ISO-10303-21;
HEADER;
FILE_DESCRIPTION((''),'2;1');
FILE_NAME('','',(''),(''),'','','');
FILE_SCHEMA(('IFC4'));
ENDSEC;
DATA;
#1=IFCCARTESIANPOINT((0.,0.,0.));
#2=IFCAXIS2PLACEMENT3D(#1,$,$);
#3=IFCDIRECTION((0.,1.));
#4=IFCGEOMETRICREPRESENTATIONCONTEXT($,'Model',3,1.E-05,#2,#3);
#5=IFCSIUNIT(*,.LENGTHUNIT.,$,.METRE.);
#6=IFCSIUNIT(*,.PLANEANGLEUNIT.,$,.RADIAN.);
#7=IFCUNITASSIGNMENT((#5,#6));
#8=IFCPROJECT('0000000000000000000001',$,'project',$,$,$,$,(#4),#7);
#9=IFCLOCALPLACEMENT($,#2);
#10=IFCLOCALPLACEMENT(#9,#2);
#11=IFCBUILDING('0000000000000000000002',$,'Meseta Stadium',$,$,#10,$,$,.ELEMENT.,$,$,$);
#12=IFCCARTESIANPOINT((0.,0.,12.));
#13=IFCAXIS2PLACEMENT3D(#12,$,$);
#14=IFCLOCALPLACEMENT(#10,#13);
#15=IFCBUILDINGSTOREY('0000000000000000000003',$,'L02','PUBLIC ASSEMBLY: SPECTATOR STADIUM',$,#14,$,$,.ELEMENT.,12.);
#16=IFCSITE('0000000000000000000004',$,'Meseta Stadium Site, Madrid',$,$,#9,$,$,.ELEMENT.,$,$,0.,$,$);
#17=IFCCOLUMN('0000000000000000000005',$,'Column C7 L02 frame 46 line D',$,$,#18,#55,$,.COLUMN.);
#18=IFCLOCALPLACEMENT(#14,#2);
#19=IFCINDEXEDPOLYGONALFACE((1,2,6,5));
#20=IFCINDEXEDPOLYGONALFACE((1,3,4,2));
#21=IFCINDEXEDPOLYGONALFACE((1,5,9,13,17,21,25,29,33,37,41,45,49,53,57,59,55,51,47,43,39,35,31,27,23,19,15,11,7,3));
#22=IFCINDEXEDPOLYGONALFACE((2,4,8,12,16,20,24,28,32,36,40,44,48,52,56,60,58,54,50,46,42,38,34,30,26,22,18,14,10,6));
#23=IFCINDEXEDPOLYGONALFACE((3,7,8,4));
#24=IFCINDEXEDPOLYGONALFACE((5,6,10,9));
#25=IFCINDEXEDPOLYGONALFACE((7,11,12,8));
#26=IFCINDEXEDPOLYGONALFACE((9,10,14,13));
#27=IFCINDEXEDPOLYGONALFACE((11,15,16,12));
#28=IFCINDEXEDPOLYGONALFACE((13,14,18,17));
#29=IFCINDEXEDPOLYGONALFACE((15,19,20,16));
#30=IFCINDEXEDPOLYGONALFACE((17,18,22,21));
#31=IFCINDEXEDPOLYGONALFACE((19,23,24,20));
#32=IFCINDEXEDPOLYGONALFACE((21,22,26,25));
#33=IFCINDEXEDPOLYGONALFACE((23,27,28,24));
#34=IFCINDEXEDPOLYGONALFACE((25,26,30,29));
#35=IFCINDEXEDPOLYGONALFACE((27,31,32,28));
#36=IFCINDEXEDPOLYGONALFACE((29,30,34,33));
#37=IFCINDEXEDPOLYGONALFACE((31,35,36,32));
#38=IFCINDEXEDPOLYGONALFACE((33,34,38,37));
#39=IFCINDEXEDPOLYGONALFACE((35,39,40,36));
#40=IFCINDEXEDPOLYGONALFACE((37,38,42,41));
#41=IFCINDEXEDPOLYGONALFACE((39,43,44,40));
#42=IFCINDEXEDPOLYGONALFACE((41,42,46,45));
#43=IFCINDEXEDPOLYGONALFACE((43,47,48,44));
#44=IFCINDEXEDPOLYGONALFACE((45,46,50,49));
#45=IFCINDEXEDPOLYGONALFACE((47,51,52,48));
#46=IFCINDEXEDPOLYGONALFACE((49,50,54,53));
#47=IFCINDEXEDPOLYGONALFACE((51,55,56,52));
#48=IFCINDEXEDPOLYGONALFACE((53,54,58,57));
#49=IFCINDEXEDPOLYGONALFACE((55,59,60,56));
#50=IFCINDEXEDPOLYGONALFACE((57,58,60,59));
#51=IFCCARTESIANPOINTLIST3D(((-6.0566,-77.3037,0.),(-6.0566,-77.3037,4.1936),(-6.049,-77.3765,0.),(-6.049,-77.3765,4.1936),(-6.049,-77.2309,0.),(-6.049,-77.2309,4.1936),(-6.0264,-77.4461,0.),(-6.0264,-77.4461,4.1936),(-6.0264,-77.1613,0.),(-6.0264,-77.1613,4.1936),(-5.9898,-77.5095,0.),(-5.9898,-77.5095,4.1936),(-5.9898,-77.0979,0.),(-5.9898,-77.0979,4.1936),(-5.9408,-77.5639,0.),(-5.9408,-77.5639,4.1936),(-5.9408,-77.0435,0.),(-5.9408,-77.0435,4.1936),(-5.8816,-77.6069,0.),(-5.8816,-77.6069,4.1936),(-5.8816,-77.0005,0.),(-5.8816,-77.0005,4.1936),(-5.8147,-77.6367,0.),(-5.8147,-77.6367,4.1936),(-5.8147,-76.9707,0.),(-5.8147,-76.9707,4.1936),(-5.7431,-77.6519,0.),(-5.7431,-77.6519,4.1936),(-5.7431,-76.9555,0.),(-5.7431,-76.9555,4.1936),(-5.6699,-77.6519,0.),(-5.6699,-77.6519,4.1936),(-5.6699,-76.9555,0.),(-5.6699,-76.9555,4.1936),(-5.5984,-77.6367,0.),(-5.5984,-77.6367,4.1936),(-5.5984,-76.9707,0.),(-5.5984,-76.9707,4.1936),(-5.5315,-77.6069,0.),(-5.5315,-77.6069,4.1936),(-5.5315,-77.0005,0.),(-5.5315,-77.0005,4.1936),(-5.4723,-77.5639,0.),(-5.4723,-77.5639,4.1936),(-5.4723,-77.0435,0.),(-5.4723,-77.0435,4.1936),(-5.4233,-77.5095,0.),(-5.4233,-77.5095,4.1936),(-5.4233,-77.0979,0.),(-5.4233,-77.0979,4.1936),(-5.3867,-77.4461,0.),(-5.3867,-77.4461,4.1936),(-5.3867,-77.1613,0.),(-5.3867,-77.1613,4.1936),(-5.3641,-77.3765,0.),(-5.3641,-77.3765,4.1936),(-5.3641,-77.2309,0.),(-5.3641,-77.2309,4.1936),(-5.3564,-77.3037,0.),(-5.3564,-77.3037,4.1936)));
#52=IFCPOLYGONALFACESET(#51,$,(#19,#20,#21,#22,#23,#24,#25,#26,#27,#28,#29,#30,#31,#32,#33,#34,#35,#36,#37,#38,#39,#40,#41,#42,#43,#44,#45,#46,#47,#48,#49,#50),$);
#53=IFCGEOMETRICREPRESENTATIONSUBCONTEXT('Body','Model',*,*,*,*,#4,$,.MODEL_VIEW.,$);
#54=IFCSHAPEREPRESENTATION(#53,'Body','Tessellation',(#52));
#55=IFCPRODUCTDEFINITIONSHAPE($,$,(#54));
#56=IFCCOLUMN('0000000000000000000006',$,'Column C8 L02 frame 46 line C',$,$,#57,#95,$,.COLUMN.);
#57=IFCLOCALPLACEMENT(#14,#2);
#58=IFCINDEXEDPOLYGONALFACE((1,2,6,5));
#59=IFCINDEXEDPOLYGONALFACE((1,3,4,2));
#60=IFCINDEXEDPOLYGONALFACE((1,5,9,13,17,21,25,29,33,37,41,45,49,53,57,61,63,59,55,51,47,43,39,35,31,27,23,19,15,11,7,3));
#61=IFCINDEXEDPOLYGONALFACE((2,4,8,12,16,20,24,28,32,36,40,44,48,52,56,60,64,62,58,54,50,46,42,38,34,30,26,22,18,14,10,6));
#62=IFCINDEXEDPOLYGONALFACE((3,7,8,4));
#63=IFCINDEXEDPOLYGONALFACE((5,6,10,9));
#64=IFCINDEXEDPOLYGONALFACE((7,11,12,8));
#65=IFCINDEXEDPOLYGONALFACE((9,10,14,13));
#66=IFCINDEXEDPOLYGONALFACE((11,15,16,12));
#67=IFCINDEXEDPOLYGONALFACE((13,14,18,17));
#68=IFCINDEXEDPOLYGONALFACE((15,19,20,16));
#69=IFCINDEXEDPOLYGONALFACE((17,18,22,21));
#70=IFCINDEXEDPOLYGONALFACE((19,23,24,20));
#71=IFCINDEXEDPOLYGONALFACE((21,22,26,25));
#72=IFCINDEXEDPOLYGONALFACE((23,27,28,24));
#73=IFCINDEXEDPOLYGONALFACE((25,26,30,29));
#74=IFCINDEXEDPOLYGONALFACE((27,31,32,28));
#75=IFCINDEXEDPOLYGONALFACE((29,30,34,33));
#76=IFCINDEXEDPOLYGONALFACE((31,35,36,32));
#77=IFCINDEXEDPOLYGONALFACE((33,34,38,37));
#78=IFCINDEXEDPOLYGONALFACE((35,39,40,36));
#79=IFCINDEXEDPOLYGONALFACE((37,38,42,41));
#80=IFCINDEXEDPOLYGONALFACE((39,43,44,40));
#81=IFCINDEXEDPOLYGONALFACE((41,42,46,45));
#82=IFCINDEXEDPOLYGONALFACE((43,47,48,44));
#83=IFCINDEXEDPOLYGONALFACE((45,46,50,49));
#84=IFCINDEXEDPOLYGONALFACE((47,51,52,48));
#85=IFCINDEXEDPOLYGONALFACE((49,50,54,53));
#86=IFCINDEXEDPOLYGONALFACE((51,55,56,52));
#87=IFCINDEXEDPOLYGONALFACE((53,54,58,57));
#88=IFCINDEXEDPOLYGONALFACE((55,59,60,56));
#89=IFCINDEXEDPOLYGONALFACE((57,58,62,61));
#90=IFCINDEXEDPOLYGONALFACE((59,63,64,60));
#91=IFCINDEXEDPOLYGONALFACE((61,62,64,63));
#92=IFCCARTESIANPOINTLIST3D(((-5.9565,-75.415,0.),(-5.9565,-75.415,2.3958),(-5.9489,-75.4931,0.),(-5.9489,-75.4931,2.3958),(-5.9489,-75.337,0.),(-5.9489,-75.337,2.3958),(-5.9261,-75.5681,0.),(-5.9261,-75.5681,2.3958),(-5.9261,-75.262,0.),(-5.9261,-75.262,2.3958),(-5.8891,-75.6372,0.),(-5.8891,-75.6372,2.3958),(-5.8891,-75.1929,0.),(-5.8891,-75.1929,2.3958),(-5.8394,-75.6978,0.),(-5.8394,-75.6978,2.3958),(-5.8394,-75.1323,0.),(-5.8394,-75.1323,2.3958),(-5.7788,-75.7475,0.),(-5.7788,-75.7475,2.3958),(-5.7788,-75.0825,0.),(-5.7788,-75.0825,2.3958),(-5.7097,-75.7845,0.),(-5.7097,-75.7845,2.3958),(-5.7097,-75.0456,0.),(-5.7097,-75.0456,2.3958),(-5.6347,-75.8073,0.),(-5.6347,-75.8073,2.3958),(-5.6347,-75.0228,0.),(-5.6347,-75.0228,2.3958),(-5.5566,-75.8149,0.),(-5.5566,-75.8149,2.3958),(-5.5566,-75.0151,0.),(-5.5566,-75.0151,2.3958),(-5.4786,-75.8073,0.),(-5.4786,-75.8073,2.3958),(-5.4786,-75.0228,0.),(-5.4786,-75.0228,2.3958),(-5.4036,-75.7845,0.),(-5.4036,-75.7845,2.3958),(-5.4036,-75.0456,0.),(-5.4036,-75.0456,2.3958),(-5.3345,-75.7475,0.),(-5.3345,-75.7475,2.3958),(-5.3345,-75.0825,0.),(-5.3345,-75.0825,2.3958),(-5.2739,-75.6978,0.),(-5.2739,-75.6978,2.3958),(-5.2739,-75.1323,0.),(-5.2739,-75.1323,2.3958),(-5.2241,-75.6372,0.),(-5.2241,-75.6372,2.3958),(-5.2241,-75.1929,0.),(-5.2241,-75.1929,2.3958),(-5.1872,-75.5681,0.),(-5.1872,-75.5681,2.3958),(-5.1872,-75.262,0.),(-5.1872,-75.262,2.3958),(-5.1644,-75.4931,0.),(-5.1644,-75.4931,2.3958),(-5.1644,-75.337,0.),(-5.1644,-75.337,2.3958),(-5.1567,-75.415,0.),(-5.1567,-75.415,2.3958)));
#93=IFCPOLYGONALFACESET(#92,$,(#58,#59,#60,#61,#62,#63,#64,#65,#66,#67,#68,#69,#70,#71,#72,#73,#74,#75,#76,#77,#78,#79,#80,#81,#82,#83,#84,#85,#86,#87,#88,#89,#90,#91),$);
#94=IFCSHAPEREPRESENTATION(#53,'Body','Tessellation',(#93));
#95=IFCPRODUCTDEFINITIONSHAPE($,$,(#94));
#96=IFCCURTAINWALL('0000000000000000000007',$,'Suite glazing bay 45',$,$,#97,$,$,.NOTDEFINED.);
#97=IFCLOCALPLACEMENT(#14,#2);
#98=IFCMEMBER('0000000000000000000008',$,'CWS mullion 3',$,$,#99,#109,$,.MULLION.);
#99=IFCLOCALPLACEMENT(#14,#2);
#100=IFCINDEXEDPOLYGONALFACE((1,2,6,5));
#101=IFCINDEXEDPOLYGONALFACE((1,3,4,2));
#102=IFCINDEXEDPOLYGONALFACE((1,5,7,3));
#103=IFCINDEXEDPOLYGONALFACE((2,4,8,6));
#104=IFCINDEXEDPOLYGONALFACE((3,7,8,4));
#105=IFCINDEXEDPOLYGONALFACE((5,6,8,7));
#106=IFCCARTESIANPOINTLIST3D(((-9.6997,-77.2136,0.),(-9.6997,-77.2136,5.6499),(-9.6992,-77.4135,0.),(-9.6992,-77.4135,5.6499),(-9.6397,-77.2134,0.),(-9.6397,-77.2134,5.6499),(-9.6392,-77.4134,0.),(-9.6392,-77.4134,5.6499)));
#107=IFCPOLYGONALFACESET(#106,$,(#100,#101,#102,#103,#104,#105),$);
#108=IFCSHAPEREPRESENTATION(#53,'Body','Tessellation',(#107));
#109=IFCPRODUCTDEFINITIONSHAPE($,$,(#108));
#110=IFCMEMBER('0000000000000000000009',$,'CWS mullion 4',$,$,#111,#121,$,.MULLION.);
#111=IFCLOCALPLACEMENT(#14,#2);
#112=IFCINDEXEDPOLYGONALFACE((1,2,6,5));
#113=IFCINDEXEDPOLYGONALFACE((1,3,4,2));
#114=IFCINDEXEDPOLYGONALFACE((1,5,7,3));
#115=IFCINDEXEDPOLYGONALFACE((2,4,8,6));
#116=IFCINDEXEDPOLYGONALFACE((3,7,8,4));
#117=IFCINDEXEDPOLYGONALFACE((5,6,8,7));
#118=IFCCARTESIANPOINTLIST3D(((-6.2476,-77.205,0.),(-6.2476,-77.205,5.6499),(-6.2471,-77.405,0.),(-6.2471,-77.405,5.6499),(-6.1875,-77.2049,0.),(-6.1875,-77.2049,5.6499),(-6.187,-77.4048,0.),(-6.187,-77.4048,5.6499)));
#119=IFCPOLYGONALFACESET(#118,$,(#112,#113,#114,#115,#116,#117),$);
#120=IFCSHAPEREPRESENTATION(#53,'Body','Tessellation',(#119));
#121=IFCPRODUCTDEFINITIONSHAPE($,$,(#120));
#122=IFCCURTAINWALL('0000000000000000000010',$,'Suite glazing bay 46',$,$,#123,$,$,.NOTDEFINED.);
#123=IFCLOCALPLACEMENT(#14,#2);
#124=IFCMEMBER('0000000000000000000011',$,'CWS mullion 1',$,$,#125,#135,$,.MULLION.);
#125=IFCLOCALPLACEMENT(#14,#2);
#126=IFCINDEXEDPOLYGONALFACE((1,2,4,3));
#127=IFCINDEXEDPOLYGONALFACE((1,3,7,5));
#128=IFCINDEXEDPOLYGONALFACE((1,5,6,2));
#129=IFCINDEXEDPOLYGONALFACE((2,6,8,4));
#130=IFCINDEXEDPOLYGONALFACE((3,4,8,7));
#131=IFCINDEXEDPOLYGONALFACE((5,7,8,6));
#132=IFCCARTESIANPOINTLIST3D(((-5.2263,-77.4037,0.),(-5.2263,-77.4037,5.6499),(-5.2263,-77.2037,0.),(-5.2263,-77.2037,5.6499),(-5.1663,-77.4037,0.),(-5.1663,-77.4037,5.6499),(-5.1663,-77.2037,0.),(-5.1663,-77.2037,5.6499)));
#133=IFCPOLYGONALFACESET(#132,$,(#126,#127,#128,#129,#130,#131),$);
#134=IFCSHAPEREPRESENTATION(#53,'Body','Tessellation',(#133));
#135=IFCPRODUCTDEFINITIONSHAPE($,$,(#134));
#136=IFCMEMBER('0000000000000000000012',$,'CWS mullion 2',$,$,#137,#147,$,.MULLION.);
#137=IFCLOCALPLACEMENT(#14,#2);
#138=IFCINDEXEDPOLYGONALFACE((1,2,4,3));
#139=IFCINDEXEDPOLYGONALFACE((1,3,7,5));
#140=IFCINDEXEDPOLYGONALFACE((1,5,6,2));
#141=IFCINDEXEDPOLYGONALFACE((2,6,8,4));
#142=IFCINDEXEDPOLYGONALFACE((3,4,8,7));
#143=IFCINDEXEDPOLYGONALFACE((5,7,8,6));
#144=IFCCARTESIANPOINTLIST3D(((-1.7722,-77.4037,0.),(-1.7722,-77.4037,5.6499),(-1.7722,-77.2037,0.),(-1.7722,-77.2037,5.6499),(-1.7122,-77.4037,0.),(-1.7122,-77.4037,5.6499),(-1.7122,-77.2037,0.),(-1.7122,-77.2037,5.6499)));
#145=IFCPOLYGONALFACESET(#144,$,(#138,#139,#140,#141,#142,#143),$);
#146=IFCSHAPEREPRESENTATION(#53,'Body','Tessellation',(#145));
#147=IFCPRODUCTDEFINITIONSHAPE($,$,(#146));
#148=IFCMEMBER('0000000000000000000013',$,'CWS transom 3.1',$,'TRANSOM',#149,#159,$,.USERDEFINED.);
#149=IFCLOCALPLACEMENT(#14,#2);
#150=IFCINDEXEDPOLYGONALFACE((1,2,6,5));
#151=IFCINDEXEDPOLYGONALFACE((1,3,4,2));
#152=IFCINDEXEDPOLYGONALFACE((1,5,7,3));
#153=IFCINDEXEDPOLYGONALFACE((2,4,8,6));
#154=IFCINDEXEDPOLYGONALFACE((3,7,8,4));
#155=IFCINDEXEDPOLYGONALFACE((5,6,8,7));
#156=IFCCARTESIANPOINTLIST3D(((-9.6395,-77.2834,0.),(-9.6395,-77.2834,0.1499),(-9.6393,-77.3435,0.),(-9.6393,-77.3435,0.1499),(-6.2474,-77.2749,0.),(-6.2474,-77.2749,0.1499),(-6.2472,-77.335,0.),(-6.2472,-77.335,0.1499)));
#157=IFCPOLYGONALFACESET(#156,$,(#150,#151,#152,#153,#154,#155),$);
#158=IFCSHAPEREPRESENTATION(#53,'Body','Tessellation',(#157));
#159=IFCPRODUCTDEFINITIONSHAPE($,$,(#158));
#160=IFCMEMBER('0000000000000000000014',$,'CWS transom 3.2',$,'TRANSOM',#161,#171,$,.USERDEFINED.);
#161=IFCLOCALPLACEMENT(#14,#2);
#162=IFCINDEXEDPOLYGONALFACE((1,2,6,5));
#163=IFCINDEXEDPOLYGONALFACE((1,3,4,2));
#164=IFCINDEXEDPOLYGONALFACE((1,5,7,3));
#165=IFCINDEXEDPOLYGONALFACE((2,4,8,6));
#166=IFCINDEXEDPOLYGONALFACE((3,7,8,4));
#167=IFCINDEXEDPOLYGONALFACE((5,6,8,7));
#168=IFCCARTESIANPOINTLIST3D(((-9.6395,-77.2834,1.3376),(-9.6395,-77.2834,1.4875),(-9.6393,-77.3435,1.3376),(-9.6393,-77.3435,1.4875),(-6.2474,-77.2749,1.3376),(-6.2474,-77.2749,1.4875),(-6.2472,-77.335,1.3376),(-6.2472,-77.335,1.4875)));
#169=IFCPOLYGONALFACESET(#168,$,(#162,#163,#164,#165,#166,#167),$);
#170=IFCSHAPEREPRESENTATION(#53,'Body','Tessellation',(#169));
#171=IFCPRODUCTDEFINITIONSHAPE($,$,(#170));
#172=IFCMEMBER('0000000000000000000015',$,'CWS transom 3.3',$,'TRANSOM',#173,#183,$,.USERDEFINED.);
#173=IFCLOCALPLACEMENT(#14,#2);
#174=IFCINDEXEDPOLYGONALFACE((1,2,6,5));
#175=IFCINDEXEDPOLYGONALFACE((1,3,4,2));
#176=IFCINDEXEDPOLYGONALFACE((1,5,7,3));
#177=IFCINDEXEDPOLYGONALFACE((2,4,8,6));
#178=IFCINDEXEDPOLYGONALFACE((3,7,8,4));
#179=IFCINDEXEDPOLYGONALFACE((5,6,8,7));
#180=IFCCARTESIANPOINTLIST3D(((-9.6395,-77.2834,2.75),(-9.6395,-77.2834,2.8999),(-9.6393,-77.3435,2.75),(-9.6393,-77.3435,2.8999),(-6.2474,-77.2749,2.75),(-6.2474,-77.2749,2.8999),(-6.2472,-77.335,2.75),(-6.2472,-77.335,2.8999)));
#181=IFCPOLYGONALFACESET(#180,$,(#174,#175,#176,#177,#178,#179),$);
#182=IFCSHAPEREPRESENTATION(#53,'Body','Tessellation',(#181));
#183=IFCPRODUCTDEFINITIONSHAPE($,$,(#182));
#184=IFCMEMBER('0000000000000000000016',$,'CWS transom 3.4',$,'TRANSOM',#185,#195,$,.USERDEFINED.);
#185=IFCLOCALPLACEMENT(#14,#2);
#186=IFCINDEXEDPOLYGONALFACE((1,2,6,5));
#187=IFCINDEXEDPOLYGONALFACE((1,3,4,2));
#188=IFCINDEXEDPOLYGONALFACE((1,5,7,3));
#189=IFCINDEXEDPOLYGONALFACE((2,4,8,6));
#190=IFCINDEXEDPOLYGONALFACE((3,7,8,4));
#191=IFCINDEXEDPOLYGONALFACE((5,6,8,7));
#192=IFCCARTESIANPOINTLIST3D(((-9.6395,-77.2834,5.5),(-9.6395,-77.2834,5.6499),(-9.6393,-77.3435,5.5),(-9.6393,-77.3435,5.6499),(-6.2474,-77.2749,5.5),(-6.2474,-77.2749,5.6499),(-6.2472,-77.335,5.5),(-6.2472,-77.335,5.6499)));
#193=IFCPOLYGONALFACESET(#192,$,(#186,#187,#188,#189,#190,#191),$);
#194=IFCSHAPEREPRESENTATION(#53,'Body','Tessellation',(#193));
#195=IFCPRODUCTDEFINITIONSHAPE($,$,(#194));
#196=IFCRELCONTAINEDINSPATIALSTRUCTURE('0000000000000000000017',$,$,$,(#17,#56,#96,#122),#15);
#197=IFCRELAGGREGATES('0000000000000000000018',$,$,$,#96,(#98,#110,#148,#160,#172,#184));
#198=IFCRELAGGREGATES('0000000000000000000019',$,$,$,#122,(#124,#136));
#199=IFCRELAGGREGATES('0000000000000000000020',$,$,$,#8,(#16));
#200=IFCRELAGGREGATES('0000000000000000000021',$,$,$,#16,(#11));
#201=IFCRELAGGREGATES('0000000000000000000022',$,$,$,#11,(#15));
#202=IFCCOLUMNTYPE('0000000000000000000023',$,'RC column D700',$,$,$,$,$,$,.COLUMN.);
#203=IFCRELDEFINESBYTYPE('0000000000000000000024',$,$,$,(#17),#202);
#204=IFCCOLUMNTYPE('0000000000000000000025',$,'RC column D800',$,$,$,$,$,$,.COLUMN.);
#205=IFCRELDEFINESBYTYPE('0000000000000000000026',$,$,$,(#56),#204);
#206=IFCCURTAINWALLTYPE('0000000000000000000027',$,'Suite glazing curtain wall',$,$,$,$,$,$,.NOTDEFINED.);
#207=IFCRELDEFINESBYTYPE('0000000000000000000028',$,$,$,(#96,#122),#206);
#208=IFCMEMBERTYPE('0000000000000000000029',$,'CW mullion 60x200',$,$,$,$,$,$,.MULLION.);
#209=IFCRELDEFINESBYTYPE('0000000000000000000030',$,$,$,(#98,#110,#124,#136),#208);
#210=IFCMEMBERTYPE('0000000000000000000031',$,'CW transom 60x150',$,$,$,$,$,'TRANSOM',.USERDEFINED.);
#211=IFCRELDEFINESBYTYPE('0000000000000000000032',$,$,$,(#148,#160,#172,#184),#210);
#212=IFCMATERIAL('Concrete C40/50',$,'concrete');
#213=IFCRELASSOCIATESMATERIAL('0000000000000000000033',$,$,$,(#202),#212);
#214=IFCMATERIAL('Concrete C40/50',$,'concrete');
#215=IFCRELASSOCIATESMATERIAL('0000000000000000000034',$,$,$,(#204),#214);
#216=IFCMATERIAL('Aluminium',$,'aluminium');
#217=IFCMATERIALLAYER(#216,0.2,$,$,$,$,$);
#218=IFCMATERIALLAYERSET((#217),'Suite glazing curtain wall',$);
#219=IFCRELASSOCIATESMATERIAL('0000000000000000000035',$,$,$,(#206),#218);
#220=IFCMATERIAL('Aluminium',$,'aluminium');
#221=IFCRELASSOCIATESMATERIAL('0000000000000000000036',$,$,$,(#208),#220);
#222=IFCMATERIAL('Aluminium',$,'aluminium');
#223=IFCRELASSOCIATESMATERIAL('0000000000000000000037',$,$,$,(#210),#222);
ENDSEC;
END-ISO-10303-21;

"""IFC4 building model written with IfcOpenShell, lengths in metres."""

from ifc_helpers import new_model, si_unit, direction, frame, origin, origin_2d, place, context, subcontext, project, spatial, rectangle, circle, extrude, material, layer, layer_set, material_profile, profile_set, type_object, element, aggregate, save


model = new_model("IFC4")

# Units and contexts
model_context = context("Model", 3, precision=1e-05, world=origin(), true_north=direction((0.0, 1.0)))
body_context = subcontext(model_context, "Body", "Model", "MODEL_VIEW")
ifc_project = project(units=[si_unit("LENGTHUNIT", "METRE"), si_unit("PLANEANGLEUNIT", "RADIAN")], contexts=[model_context])

# Site, building, storey
site_placement = place(None, origin())
site = spatial("IfcSite", under=ifc_project, at=site_placement, Name="Meseta Stadium Site, Madrid", CompositionType="ELEMENT", RefElevation=0.0)
building_placement = place(site_placement, origin())
building = spatial("IfcBuilding", under=site, at=building_placement, Name="Meseta Stadium", CompositionType="ELEMENT")
storey_placement = place(building_placement, frame((0.0, 0.0, 12.0)))
storey = spatial("IfcBuildingStorey", under=building, at=storey_placement, Name="L02", Description="PUBLIC ASSEMBLY: SPECTATOR STADIUM", CompositionType="ELEMENT", Elevation=12.0)

# Columns
ifc_material_1 = material(Name="Concrete C40/50", Category="concrete")
ifc_material_profile_1 = material_profile(ifc_material_1, circle(Radius=0.3501, at=origin_2d()), Name="RC D700")
ifc_profile_set_1 = profile_set([ifc_material_profile_1], Name="Concrete C40/50")
column_type_1 = type_object("IfcColumnType", Name="RC column D700", PredefinedType="COLUMN", material=ifc_profile_set_1)
column_1_placement = place(storey_placement, frame((-5.7065, -77.3037, 0.0), z_axis=(0.0, 0.0, 1.0), x_axis=(1.0, 0.0, 0.0)))
element("IfcColumn", 1, at=column_1_placement, inside=storey, type_object=column_type_1, Name="Column C7 L02 frame 46 line D", PredefinedType="COLUMN", context=body_context, shape_type="SweptSolid", body=[
    extrude(circle(Radius=0.3501, at=origin_2d()), origin(), (0.0, 0.0, 1.0), 4.1936),
])
ifc_material_2 = material(Name="Concrete C40/50", Category="concrete")
ifc_material_profile_2 = material_profile(ifc_material_2, circle(Radius=0.3999, at=origin_2d()), Name="RC D800")
ifc_profile_set_2 = profile_set([ifc_material_profile_2], Name="Concrete C40/50")
column_type_2 = type_object("IfcColumnType", Name="RC column D800", PredefinedType="COLUMN", material=ifc_profile_set_2)
column_2_placement = place(storey_placement, frame((-5.5566, -75.415, 0.0), z_axis=(0.0, 0.0, 1.0), x_axis=(1.0, 0.0, 0.0)))
element("IfcColumn", 2, at=column_2_placement, inside=storey, type_object=column_type_2, Name="Column C8 L02 frame 46 line C", PredefinedType="COLUMN", context=body_context, shape_type="SweptSolid", body=[
    extrude(circle(Radius=0.3999, at=origin_2d()), origin(), (0.0, 0.0, 1.0), 2.3958),
])

# Curtain walls, members
ifc_material_3 = material(Name="Aluminium", Category="aluminium")
ifc_layer_1 = layer(ifc_material_3, 0.2)
ifc_layer_set_1 = layer_set([ifc_layer_1], Name="Suite glazing curtain wall")
curtain_wall_type = type_object("IfcCurtainWallType", Name="Suite glazing curtain wall", PredefinedType="NOTDEFINED", material=ifc_layer_set_1)
curtain_wall_1_placement = place(storey_placement, origin())
curtain_wall_1 = element("IfcCurtainWall", 3, at=curtain_wall_1_placement, inside=storey, type_object=curtain_wall_type, Name="Suite glazing bay 45", PredefinedType="NOTDEFINED")
ifc_material_4 = material(Name="Aluminium", Category="aluminium")
ifc_material_profile_3 = material_profile(ifc_material_4, rectangle(XDim=0.2, YDim=0.0601, at=origin_2d()), Name="CW 200x60")
ifc_profile_set_3 = profile_set([ifc_material_profile_3], Name="Aluminium")
member_type_1 = type_object("IfcMemberType", Name="CW mullion 60x200", PredefinedType="MULLION", material=ifc_profile_set_3)
member_1_placement = place(storey_placement, frame((-9.6694, -77.3135, 0.0), z_axis=(0.0, 0.0, 1.0), x_axis=(-0.002486, 0.999997, 0.0)))
member_1 = element("IfcMember", 4, at=member_1_placement, type_object=member_type_1, Name="CWS mullion 3", PredefinedType="MULLION", context=body_context, shape_type="SweptSolid", body=[
    extrude(rectangle(XDim=0.2, YDim=0.0601, at=origin_2d()), origin(), (0.0, 0.0, 1.0), 5.6499),
])
member_2_placement = place(storey_placement, frame((-6.2173, -77.3049, 0.0), z_axis=(0.0, 0.0, 1.0), x_axis=(-0.002486, 0.999997, 0.0)))
member_2 = element("IfcMember", 5, at=member_2_placement, type_object=member_type_1, Name="CWS mullion 4", PredefinedType="MULLION", context=body_context, shape_type="SweptSolid", body=[
    extrude(rectangle(XDim=0.2, YDim=0.0601, at=origin_2d()), origin(), (0.0, 0.0, 1.0), 5.6499),
])
curtain_wall_2_placement = place(storey_placement, origin())
curtain_wall_2 = element("IfcCurtainWall", 6, at=curtain_wall_2_placement, inside=storey, type_object=curtain_wall_type, Name="Suite glazing bay 46", PredefinedType="NOTDEFINED")
member_3_placement = place(storey_placement, frame((-5.1963, -77.3037, 0.0), z_axis=(0.0, 0.0, 1.0), x_axis=(0.0, 1.0, 0.0)))
member_3 = element("IfcMember", 7, at=member_3_placement, type_object=member_type_1, Name="CWS mullion 1", PredefinedType="MULLION", context=body_context, shape_type="SweptSolid", body=[
    extrude(rectangle(XDim=0.2, YDim=0.0601, at=origin_2d()), origin(), (0.0, 0.0, 1.0), 5.6499),
])
member_4_placement = place(storey_placement, frame((-1.7422, -77.3037, 0.0), z_axis=(0.0, 0.0, 1.0), x_axis=(0.0, 1.0, 0.0)))
member_4 = element("IfcMember", 8, at=member_4_placement, type_object=member_type_1, Name="CWS mullion 2", PredefinedType="MULLION", context=body_context, shape_type="SweptSolid", body=[
    extrude(rectangle(XDim=0.2, YDim=0.0601, at=origin_2d()), origin(), (0.0, 0.0, 1.0), 5.6499),
])

# Members
ifc_material_5 = material(Name="Aluminium", Category="aluminium")
ifc_material_profile_4 = material_profile(ifc_material_5, rectangle(XDim=0.0601, YDim=0.1499, at=origin_2d()), Name="CW 60x150")
ifc_profile_set_4 = profile_set([ifc_material_profile_4], Name="Aluminium")
member_type_2 = type_object("IfcMemberType", Name="CW transom 60x150", ElementType="TRANSOM", PredefinedType="USERDEFINED", material=ifc_profile_set_4)
member_5_placement = place(storey_placement, frame((-9.6394, -77.3135, 0.075), z_axis=(0.999997, 0.002519, 0.0), x_axis=(-0.002519, 0.999997, 0.0)))
member_5 = element("IfcMember", 9, at=member_5_placement, type_object=member_type_2, Name="CWS transom 3.1", ObjectType="TRANSOM", PredefinedType="USERDEFINED", context=body_context, shape_type="SweptSolid", body=[
    extrude(rectangle(XDim=0.0601, YDim=0.1499, at=origin_2d()), origin(), (0.0, 0.0, 1.0), 3.3921),
])
member_6_placement = place(storey_placement, frame((-9.6394, -77.3135, 1.4126), z_axis=(0.999997, 0.002519, 0.0), x_axis=(-0.002519, 0.999997, 0.0)))
member_6 = element("IfcMember", 10, at=member_6_placement, type_object=member_type_2, Name="CWS transom 3.2", ObjectType="TRANSOM", PredefinedType="USERDEFINED", context=body_context, shape_type="SweptSolid", body=[
    extrude(rectangle(XDim=0.0601, YDim=0.1499, at=origin_2d()), origin(), (0.0, 0.0, 1.0), 3.3921),
])
member_7_placement = place(storey_placement, frame((-9.6394, -77.3135, 2.825), z_axis=(0.999997, 0.002519, 0.0), x_axis=(-0.002519, 0.999997, 0.0)))
member_7 = element("IfcMember", 11, at=member_7_placement, type_object=member_type_2, Name="CWS transom 3.3", ObjectType="TRANSOM", PredefinedType="USERDEFINED", context=body_context, shape_type="SweptSolid", body=[
    extrude(rectangle(XDim=0.0601, YDim=0.1499, at=origin_2d()), origin(), (0.0, 0.0, 1.0), 3.3921),
])
member_8_placement = place(storey_placement, frame((-9.6394, -77.3135, 5.575), z_axis=(0.999997, 0.002519, 0.0), x_axis=(-0.002519, 0.999997, 0.0)))
member_8 = element("IfcMember", 12, at=member_8_placement, type_object=member_type_2, Name="CWS transom 3.4", ObjectType="TRANSOM", PredefinedType="USERDEFINED", context=body_context, shape_type="SweptSolid", body=[
    extrude(rectangle(XDim=0.0601, YDim=0.1499, at=origin_2d()), origin(), (0.0, 0.0, 1.0), 3.3921),
])

aggregate(curtain_wall_1, [member_1, member_2, member_5, member_6, member_7, member_8])
aggregate(curtain_wall_2, [member_3, member_4])

save(model, "model.ifc")
